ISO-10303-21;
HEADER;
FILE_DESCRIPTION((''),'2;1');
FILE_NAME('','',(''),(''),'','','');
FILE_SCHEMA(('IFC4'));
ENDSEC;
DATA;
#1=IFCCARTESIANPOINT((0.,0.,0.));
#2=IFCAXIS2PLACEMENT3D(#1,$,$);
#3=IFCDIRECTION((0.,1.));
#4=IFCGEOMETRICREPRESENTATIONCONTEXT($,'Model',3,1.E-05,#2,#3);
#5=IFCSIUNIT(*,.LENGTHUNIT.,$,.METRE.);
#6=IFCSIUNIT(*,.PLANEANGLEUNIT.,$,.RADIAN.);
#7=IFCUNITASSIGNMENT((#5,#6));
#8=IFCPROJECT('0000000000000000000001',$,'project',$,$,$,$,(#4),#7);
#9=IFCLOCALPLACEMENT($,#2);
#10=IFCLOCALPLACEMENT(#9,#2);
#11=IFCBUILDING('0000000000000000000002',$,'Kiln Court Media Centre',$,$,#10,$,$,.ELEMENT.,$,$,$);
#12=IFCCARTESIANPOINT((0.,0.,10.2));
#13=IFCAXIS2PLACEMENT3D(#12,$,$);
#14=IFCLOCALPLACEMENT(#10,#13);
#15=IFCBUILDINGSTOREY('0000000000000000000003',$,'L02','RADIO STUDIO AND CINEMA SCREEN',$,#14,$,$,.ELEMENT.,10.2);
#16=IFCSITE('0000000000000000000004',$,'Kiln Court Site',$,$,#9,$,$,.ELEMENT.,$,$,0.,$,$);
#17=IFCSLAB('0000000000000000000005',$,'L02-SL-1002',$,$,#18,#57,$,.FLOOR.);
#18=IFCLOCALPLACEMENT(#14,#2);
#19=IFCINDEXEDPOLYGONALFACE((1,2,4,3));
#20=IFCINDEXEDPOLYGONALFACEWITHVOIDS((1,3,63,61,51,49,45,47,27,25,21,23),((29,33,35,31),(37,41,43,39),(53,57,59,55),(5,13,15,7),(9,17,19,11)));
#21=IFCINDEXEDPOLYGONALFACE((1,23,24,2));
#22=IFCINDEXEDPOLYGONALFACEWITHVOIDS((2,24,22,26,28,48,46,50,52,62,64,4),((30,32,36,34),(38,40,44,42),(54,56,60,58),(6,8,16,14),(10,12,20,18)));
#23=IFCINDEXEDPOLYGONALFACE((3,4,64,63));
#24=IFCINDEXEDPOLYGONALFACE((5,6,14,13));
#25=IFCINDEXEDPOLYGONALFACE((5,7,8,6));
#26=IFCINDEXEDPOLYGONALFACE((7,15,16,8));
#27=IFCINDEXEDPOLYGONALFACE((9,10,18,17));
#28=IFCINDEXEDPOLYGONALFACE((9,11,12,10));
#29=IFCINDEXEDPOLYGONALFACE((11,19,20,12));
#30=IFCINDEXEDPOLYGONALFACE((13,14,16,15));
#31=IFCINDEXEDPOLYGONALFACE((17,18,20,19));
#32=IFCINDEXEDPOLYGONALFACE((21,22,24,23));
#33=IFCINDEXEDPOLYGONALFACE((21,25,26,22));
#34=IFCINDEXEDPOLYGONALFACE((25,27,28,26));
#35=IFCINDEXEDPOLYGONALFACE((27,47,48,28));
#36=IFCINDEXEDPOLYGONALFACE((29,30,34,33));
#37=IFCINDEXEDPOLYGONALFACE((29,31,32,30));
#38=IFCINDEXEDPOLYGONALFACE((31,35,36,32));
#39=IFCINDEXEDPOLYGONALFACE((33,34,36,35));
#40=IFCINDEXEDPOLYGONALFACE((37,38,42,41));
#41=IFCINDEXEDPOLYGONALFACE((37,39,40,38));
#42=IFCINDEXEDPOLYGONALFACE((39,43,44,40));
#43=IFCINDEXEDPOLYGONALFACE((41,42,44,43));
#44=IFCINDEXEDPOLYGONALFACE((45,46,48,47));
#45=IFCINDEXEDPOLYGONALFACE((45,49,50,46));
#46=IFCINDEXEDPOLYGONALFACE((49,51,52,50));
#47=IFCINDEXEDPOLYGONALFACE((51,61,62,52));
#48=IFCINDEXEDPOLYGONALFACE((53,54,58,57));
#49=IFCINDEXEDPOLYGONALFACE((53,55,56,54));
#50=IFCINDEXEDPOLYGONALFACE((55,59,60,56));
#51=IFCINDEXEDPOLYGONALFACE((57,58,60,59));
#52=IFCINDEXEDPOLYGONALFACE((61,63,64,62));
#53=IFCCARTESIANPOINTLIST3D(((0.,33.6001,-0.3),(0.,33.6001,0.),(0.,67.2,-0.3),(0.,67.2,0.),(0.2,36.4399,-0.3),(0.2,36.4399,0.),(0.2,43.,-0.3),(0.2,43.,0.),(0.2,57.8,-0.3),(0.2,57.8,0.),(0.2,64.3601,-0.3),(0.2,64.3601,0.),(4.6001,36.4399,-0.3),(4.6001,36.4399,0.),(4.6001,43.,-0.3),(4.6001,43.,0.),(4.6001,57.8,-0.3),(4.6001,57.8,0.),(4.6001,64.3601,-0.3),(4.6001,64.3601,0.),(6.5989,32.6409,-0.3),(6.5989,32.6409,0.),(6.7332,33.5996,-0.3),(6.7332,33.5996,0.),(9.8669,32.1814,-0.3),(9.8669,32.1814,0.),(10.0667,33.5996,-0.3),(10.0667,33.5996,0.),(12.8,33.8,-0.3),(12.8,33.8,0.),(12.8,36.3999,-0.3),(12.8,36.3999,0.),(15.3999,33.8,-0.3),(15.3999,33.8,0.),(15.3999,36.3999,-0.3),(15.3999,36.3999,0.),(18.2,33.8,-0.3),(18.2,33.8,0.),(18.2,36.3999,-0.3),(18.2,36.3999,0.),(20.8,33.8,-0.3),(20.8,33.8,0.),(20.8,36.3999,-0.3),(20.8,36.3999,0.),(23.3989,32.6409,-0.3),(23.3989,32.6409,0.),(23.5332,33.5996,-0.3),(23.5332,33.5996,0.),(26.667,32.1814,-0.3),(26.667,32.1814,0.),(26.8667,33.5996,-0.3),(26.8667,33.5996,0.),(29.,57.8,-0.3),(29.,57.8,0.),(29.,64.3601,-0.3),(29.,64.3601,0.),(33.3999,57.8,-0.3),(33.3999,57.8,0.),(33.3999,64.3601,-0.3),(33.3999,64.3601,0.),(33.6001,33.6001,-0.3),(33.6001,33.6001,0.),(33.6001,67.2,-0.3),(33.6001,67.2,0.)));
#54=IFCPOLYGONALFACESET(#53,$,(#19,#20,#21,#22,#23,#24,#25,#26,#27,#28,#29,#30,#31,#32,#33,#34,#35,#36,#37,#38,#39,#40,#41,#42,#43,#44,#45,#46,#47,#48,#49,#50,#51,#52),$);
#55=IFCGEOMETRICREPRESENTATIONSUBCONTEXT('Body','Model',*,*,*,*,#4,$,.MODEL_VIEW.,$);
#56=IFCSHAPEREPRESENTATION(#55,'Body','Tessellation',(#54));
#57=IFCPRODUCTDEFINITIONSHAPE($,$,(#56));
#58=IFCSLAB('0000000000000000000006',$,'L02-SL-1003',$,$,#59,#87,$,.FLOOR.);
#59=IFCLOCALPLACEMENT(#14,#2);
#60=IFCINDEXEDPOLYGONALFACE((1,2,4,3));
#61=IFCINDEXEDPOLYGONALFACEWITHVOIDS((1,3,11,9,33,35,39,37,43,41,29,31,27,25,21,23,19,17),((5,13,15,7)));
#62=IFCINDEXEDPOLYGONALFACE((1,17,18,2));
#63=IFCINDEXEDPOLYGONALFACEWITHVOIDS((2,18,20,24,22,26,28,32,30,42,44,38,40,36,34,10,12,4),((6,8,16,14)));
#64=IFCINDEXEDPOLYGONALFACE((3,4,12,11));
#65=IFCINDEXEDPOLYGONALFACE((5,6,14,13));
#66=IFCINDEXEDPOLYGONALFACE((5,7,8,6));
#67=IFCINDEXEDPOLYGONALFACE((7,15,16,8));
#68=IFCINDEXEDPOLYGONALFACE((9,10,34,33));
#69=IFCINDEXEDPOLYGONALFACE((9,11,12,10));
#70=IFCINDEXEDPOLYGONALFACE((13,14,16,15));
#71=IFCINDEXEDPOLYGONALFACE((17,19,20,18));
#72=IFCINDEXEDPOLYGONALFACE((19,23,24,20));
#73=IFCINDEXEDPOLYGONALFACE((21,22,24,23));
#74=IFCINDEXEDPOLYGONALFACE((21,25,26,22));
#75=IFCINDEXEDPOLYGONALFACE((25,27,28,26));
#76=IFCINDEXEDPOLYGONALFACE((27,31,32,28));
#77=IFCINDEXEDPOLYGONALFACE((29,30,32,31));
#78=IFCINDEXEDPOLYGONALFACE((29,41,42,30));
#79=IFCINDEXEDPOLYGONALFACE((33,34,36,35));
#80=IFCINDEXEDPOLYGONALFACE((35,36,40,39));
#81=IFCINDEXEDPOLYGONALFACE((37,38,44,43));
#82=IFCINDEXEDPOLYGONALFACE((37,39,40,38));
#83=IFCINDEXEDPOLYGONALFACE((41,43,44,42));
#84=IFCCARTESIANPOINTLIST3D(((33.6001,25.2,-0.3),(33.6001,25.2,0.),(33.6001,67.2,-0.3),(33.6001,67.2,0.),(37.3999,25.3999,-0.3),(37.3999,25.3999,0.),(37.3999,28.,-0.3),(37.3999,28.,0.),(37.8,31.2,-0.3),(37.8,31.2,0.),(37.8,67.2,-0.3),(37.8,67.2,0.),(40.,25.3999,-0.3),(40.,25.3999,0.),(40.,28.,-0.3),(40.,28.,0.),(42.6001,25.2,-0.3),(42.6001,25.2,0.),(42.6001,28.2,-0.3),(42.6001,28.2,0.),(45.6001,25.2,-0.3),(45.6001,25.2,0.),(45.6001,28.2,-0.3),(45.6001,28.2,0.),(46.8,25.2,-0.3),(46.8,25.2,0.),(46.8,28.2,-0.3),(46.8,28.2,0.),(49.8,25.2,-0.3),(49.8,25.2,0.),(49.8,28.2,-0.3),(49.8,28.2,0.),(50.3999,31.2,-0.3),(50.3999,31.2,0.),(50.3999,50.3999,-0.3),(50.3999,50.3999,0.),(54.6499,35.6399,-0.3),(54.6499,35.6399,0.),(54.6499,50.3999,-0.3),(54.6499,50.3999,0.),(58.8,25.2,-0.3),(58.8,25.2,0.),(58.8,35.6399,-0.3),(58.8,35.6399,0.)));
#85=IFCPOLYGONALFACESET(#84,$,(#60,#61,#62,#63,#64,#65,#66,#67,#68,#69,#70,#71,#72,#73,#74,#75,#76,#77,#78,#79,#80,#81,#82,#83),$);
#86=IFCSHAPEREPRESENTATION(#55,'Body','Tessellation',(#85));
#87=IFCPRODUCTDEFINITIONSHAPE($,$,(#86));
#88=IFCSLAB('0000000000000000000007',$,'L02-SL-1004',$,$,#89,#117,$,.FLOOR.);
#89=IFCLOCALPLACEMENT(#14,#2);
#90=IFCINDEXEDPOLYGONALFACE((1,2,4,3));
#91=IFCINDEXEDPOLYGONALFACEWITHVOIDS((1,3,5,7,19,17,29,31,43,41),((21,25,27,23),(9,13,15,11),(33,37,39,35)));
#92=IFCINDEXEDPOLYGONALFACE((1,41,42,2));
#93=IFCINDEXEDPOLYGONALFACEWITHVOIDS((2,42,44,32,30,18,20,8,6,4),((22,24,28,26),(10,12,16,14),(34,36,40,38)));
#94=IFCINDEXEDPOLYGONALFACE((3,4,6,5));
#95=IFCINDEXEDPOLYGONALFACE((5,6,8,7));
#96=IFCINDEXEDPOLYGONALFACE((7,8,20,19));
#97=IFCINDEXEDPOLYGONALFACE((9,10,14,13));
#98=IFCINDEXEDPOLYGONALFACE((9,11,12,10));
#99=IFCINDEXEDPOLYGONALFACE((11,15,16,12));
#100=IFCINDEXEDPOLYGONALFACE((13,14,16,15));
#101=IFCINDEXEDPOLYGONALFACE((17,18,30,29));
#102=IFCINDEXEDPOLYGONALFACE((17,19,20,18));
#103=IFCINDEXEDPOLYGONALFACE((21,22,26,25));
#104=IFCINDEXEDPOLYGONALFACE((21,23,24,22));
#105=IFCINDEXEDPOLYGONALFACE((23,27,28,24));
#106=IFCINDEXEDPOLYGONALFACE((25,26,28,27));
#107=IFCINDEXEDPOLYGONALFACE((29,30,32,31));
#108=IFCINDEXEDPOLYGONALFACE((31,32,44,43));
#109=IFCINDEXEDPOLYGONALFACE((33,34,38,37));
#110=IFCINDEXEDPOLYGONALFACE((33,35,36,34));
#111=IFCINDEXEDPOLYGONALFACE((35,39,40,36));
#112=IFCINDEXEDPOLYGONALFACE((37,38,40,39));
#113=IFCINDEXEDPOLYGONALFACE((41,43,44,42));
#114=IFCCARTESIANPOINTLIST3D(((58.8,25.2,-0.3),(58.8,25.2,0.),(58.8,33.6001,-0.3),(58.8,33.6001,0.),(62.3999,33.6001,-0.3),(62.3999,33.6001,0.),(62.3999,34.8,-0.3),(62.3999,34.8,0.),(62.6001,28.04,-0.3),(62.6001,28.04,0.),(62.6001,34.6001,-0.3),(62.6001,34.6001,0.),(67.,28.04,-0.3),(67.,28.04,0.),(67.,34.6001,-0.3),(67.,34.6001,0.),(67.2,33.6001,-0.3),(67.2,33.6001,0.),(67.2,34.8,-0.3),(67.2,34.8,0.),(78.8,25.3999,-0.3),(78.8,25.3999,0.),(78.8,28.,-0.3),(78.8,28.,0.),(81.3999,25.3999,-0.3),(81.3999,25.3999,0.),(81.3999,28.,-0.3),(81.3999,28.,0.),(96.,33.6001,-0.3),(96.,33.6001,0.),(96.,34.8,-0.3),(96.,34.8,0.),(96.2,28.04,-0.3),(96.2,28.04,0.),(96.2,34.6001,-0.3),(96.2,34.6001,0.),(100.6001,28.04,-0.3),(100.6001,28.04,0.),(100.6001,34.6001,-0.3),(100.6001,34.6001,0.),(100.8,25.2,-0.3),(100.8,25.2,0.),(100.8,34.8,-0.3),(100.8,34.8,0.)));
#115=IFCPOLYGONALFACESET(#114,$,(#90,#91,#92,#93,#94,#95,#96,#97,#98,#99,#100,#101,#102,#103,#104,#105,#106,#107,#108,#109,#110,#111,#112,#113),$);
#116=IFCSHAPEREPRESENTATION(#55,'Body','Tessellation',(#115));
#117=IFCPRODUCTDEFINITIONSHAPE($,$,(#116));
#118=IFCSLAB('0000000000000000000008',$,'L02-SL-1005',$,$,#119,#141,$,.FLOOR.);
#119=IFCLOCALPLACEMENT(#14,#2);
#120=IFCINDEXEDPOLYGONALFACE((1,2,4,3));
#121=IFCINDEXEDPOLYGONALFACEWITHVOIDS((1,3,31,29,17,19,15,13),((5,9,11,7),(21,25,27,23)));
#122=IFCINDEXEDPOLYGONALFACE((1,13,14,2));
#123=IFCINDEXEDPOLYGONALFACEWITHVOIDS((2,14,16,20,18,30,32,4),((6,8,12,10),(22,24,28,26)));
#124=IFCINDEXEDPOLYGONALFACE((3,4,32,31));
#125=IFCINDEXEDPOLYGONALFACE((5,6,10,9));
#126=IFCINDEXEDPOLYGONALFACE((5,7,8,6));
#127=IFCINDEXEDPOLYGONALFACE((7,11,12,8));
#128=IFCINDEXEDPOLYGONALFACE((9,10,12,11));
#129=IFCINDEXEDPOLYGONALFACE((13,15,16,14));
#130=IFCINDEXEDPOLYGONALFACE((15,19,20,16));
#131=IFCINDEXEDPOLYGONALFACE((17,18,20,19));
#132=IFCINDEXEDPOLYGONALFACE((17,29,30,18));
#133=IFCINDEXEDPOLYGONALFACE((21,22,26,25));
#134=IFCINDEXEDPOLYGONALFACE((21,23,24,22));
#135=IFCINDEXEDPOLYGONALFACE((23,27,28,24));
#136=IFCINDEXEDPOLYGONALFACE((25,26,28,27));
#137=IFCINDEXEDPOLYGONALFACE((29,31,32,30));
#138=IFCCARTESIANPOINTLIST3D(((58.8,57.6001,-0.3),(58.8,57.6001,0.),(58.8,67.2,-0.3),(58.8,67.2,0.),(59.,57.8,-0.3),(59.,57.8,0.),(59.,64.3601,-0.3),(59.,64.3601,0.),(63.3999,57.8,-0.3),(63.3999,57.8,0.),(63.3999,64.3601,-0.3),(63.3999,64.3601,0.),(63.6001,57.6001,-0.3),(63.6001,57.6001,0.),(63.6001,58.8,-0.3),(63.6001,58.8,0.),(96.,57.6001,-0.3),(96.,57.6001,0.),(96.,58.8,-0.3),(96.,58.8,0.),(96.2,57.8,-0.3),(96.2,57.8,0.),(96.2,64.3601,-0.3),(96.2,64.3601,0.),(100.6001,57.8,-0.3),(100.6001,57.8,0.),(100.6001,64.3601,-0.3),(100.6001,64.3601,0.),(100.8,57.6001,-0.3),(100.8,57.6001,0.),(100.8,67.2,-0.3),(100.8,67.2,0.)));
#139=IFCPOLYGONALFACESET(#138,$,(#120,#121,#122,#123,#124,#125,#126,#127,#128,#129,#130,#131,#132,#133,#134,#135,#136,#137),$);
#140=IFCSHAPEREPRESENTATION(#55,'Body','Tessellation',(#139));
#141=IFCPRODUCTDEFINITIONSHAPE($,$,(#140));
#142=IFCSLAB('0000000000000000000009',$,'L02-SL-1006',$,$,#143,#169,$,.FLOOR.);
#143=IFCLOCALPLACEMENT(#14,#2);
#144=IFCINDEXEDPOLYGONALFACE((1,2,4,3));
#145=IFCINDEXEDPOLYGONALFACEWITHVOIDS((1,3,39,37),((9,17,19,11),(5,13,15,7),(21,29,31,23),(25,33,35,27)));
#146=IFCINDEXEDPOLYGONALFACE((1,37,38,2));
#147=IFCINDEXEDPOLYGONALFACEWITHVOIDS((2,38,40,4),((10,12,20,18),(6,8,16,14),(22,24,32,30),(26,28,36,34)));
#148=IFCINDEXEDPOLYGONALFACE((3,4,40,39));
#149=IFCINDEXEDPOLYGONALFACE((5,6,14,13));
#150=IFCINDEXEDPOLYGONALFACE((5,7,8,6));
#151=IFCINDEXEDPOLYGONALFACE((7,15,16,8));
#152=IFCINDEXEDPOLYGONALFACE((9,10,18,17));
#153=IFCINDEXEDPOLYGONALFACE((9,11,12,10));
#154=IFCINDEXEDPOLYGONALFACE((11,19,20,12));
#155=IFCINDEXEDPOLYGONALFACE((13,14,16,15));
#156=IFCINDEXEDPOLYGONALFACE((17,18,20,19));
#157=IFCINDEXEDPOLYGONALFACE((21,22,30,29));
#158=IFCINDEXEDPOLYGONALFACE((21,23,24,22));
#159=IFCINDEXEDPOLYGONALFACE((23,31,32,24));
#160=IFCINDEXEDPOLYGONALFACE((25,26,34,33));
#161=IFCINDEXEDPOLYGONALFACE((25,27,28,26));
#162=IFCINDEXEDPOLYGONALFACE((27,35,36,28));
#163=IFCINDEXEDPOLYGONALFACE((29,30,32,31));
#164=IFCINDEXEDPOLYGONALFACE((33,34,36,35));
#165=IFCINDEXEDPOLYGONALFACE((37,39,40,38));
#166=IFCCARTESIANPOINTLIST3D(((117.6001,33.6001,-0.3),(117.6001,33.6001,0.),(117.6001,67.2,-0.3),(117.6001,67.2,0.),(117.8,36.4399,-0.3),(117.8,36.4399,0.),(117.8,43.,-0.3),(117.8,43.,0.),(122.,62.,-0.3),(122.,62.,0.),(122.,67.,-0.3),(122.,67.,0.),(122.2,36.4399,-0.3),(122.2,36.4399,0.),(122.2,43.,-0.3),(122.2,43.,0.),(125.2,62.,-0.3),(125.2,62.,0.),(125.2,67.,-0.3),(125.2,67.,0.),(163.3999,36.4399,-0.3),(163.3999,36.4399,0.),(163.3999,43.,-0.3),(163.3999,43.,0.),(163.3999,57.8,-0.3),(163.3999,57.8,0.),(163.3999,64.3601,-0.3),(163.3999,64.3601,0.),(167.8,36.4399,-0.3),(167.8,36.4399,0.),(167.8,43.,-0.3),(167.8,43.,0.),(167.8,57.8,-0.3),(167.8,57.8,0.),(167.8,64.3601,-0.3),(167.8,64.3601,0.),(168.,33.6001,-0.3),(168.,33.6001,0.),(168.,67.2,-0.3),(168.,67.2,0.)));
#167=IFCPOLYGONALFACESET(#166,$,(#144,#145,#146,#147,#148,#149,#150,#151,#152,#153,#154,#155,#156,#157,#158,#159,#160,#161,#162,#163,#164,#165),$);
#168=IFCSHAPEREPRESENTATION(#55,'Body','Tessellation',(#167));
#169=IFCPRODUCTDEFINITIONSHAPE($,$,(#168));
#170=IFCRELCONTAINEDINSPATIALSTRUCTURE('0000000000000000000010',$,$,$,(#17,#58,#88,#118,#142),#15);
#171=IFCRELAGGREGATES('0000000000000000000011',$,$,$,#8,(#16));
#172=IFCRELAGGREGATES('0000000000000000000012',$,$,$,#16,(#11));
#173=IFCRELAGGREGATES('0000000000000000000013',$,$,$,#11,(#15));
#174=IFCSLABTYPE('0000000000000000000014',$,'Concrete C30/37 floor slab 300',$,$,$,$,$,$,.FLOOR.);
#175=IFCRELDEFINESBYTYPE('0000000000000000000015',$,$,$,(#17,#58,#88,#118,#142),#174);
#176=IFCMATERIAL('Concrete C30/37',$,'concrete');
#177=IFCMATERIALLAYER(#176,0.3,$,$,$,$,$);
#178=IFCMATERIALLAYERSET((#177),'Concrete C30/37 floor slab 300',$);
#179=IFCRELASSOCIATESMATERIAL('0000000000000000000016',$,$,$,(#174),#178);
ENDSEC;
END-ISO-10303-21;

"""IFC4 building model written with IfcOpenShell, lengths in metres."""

from ifc_helpers import new_model, si_unit, direction, frame, origin, place, context, subcontext, project, spatial, polyline, outline, extrude, material, layer, layer_set, type_object, element, save


model = new_model("IFC4")

# Units and contexts
model_context = context("Model", 3, precision=1e-05, world=origin(), true_north=direction((0.0, 1.0)))
body_context = subcontext(model_context, "Body", "Model", "MODEL_VIEW")
ifc_project = project(units=[si_unit("LENGTHUNIT", "METRE"), si_unit("PLANEANGLEUNIT", "RADIAN")], contexts=[model_context])

# Site, building, storey
site_placement = place(None, origin())
site = spatial("IfcSite", under=ifc_project, at=site_placement, Name="Kiln Court Site", CompositionType="ELEMENT", RefElevation=0.0)
building_placement = place(site_placement, origin())
building = spatial("IfcBuilding", under=site, at=building_placement, Name="Kiln Court Media Centre", CompositionType="ELEMENT")
storey_placement = place(building_placement, frame((0.0, 0.0, 10.2)))
storey = spatial("IfcBuildingStorey", under=building, at=storey_placement, Name="L02", Description="RADIO STUDIO AND CINEMA SCREEN", CompositionType="ELEMENT", Elevation=10.2)

# Slabs
ifc_material_1 = material(Name="Concrete C30/37", Category="concrete")
ifc_layer_1 = layer(ifc_material_1, 0.3)
ifc_layer_set_1 = layer_set([ifc_layer_1], Name="Concrete C30/37 floor slab 300")
slab_type_1 = type_object("IfcSlabType", Name="Concrete C30/37 floor slab 300", PredefinedType="FLOOR", material=ifc_layer_set_1)
slab_1_placement = place(storey_placement, frame((0.0, 0.0, -0.3)))
element("IfcSlab", 1, at=slab_1_placement, inside=storey, type_object=slab_type_1, Name="L02-SL-1002", PredefinedType="FLOOR", context=body_context, shape_type="SweptSolid", body=[
    extrude(outline(polyline([(9.8669, 32.1814), (6.5989, 32.6409), (6.7332, 33.5996), (0.0, 33.6001), (0.0, 67.2), (33.6001, 67.2), (33.6001, 33.6001), (26.8667, 33.5996), (26.667, 32.1814), (23.3989, 32.6409), (23.5332, 33.5996), (10.0667, 33.5996), (9.8669, 32.1814)]), holes=[polyline([(12.8, 33.8), (15.3999, 33.8), (15.3999, 36.3999), (12.8, 36.3999), (12.8, 33.8)]), polyline([(18.2, 33.8), (20.8, 33.8), (20.8, 36.3999), (18.2, 36.3999), (18.2, 33.8)]), polyline([(0.2, 36.4399), (4.6001, 36.4399), (4.6001, 43.0), (0.2, 43.0), (0.2, 36.4399)]), polyline([(0.2, 57.8), (4.6001, 57.8), (4.6001, 64.3601), (0.2, 64.3601), (0.2, 57.8)]), polyline([(29.0, 57.8), (33.3999, 57.8), (33.3999, 64.3601), (29.0, 64.3601), (29.0, 57.8)])]), origin(), (0.0, 0.0, 1.0), 0.3),
])
slab_2_placement = place(storey_placement, frame((0.0, 0.0, -0.3)))
element("IfcSlab", 2, at=slab_2_placement, inside=storey, type_object=slab_type_1, Name="L02-SL-1003", PredefinedType="FLOOR", context=body_context, shape_type="SweptSolid", body=[
    extrude(outline(polyline([(33.6001, 25.2), (33.6001, 67.2), (37.8, 67.2), (37.8, 31.2), (50.3999, 31.2), (50.3999, 50.3999), (54.6499, 50.3999), (54.6499, 35.6399), (58.8, 35.6399), (58.8, 25.2), (49.8, 25.2), (49.8, 28.2), (46.8, 28.2), (46.8, 25.2), (45.6001, 25.2), (45.6001, 28.2), (42.6001, 28.2), (42.6001, 25.2), (33.6001, 25.2)]), holes=[polyline([(37.3999, 25.3999), (40.0, 25.3999), (40.0, 28.0), (37.3999, 28.0), (37.3999, 25.3999)])]), origin(), (0.0, 0.0, 1.0), 0.3),
])
slab_3_placement = place(storey_placement, frame((0.0, 0.0, -0.3)))
element("IfcSlab", 3, at=slab_3_placement, inside=storey, type_object=slab_type_1, Name="L02-SL-1004", PredefinedType="FLOOR", context=body_context, shape_type="SweptSolid", body=[
    extrude(outline(polyline([(58.8, 25.2), (58.8, 33.6001), (62.3999, 33.6001), (62.3999, 34.8), (67.2, 34.8), (67.2, 33.6001), (96.0, 33.6001), (96.0, 34.8), (100.8, 34.8), (100.8, 25.2), (58.8, 25.2)]), holes=[polyline([(78.8, 25.3999), (81.3999, 25.3999), (81.3999, 28.0), (78.8, 28.0), (78.8, 25.3999)]), polyline([(62.6001, 28.04), (67.0, 28.04), (67.0, 34.6001), (62.6001, 34.6001), (62.6001, 28.04)]), polyline([(96.2, 28.04), (100.6001, 28.04), (100.6001, 34.6001), (96.2, 34.6001), (96.2, 28.04)])]), origin(), (0.0, 0.0, 1.0), 0.3),
])
slab_4_placement = place(storey_placement, frame((0.0, 0.0, -0.3)))
element("IfcSlab", 4, at=slab_4_placement, inside=storey, type_object=slab_type_1, Name="L02-SL-1005", PredefinedType="FLOOR", context=body_context, shape_type="SweptSolid", body=[
    extrude(outline(polyline([(58.8, 57.6001), (58.8, 67.2), (100.8, 67.2), (100.8, 57.6001), (96.0, 57.6001), (96.0, 58.8), (63.6001, 58.8), (63.6001, 57.6001), (58.8, 57.6001)]), holes=[polyline([(59.0, 57.8), (63.3999, 57.8), (63.3999, 64.3601), (59.0, 64.3601), (59.0, 57.8)]), polyline([(96.2, 57.8), (100.6001, 57.8), (100.6001, 64.3601), (96.2, 64.3601), (96.2, 57.8)])]), origin(), (0.0, 0.0, 1.0), 0.3),
])
slab_5_placement = place(storey_placement, frame((0.0, 0.0, -0.3)))
element("IfcSlab", 5, at=slab_5_placement, inside=storey, type_object=slab_type_1, Name="L02-SL-1006", PredefinedType="FLOOR", context=body_context, shape_type="SweptSolid", body=[
    extrude(outline(polyline([(117.6001, 33.6001), (117.6001, 67.2), (168.0, 67.2), (168.0, 33.6001), (117.6001, 33.6001)]), holes=[polyline([(117.8, 36.4399), (122.2, 36.4399), (122.2, 43.0), (117.8, 43.0), (117.8, 36.4399)]), polyline([(163.3999, 36.4399), (167.8, 36.4399), (167.8, 43.0), (163.3999, 43.0), (163.3999, 36.4399)]), polyline([(163.3999, 57.8), (167.8, 57.8), (167.8, 64.3601), (163.3999, 64.3601), (163.3999, 57.8)]), polyline([(122.0, 62.0), (125.2, 62.0), (125.2, 67.0), (122.0, 67.0), (122.0, 62.0)])]), origin(), (0.0, 0.0, 1.0), 0.3),
])

save(model, "model.ifc")
